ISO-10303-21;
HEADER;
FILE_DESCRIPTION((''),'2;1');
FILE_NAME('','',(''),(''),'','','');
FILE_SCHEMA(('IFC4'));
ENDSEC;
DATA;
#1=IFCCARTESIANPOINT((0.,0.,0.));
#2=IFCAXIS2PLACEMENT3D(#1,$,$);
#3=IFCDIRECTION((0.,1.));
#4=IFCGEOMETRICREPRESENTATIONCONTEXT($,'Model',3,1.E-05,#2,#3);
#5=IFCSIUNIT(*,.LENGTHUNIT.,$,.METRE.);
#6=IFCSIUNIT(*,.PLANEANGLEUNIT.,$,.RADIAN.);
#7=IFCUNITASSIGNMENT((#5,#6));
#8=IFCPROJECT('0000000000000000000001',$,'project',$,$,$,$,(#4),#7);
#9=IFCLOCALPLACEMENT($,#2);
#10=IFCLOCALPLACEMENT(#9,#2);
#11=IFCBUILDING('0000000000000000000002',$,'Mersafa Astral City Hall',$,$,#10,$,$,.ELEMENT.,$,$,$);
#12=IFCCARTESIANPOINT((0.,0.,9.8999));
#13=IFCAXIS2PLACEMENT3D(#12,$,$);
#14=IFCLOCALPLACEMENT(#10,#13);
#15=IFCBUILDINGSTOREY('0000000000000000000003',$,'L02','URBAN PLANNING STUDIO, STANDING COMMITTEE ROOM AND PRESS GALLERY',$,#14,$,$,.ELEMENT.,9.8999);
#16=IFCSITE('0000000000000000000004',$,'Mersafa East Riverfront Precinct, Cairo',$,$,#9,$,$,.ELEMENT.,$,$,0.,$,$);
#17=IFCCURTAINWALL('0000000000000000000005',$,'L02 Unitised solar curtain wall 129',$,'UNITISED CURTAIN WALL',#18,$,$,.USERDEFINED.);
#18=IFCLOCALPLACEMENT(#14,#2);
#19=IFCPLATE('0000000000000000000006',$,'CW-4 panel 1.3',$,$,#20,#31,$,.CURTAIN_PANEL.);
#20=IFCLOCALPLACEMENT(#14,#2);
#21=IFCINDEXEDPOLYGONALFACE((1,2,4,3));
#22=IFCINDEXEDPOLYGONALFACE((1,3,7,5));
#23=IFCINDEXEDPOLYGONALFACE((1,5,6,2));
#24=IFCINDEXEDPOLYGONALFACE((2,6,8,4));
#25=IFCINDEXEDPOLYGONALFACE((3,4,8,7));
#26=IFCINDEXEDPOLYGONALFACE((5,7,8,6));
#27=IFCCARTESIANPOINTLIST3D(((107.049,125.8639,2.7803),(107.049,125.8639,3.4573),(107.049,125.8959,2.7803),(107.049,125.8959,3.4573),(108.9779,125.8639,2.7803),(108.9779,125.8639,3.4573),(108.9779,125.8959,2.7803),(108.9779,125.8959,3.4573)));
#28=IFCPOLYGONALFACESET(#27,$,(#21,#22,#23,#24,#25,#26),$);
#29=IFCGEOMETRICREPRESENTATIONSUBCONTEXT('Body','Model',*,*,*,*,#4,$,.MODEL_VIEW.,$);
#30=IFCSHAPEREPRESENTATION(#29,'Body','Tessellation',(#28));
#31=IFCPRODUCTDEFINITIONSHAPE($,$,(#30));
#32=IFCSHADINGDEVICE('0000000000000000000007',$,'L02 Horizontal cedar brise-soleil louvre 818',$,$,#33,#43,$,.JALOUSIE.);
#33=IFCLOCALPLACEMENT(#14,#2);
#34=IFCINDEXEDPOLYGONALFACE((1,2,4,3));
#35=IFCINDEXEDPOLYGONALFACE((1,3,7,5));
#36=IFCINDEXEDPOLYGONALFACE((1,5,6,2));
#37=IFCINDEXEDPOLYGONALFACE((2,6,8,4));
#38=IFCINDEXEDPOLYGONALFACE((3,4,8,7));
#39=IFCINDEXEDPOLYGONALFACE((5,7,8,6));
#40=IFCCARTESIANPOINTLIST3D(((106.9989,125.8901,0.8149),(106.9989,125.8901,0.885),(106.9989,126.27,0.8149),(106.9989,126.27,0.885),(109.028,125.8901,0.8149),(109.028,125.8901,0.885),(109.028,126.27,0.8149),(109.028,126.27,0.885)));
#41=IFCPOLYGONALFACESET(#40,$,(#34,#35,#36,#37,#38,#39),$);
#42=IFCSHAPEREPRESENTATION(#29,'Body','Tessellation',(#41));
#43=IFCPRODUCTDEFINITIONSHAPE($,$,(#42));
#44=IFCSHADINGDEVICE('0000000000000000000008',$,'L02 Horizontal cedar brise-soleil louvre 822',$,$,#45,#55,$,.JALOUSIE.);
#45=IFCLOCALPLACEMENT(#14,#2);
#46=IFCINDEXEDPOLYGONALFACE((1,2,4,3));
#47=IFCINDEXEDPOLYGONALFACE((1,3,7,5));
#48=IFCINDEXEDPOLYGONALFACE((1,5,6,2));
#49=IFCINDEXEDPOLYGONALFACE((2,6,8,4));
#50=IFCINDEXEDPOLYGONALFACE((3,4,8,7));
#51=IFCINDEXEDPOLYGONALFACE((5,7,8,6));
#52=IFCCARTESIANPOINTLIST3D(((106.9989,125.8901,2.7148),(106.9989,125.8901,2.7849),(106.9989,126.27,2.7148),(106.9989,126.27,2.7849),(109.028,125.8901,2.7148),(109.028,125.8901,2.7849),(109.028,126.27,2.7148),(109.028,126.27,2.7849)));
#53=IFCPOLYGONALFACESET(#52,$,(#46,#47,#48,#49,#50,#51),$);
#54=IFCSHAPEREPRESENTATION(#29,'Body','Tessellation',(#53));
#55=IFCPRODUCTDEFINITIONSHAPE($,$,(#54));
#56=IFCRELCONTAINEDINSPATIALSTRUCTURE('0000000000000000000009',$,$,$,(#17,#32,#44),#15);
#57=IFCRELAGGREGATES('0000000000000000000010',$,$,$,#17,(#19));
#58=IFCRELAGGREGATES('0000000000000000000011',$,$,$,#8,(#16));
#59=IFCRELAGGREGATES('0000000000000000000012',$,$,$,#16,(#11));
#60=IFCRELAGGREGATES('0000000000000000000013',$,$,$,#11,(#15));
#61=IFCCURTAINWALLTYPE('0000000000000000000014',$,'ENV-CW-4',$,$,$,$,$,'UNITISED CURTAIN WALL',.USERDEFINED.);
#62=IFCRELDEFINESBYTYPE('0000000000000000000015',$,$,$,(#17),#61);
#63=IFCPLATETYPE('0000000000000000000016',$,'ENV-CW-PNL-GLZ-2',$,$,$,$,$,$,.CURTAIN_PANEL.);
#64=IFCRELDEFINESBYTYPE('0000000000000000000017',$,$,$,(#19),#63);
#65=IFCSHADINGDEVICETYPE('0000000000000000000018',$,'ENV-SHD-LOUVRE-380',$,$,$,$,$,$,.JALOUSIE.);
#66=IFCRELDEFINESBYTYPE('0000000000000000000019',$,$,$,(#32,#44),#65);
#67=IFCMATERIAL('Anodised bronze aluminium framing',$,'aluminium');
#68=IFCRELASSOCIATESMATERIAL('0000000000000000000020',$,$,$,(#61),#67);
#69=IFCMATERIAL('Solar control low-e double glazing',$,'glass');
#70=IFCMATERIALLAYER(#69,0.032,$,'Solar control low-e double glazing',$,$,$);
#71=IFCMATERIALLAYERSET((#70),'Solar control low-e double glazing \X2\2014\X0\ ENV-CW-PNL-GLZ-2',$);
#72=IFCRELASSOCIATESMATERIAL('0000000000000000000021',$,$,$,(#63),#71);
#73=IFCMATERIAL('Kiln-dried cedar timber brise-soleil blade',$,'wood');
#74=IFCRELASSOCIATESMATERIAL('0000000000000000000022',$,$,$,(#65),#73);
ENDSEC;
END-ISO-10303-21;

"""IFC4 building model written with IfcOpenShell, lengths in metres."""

from ifc_helpers import new_model, si_unit, direction, frame, origin, origin_2d, place, context, subcontext, project, spatial, rectangle, extrude, material, layer, layer_set, type_object, element, aggregate, save


model = new_model("IFC4")

# Units and contexts
model_context = context("Model", 3, precision=1e-05, world=origin(), true_north=direction((0.0, 1.0)))
body_context = subcontext(model_context, "Body", "Model", "MODEL_VIEW")
ifc_project = project(units=[si_unit("LENGTHUNIT", "METRE"), si_unit("PLANEANGLEUNIT", "RADIAN")], contexts=[model_context])

# Site, building, storey
site_placement = place(None, origin())
site = spatial("IfcSite", under=ifc_project, at=site_placement, Name="Mersafa East Riverfront Precinct, Cairo", CompositionType="ELEMENT", RefElevation=0.0)
building_placement = place(site_placement, origin())
building = spatial("IfcBuilding", under=site, at=building_placement, Name="Mersafa Astral City Hall", CompositionType="ELEMENT")
storey_placement = place(building_placement, frame((0.0, 0.0, 9.8999)))
storey = spatial("IfcBuildingStorey", under=building, at=storey_placement, Name="L02", Description="URBAN PLANNING STUDIO, STANDING COMMITTEE ROOM AND PRESS GALLERY", CompositionType="ELEMENT", Elevation=9.8999)

# Curtain wall
ifc_material_1 = material(Name="Anodised bronze aluminium framing", Category="aluminium")
curtain_wall_type_1 = type_object("IfcCurtainWallType", Name="ENV-CW-4", ElementType="UNITISED CURTAIN WALL", PredefinedType="USERDEFINED", material=ifc_material_1)
curtain_wall_1_placement = place(storey_placement, origin())
curtain_wall_1 = element("IfcCurtainWall", 1, at=curtain_wall_1_placement, inside=storey, type_object=curtain_wall_type_1, Name="L02 Unitised solar curtain wall 129", ObjectType="UNITISED CURTAIN WALL", PredefinedType="USERDEFINED")

# Plate
ifc_material_2 = material(Name="Solar control low-e double glazing", Category="glass")
ifc_layer_1 = layer(ifc_material_2, 0.032, Name="Solar control low-e double glazing")
ifc_layer_set_1 = layer_set([ifc_layer_1], Name="Solar control low-e double glazing — ENV-CW-PNL-GLZ-2")
plate_type_1 = type_object("IfcPlateType", Name="ENV-CW-PNL-GLZ-2", PredefinedType="CURTAIN_PANEL", material=ifc_layer_set_1)
plate_1_placement = place(storey_placement, frame((108.0134, 125.8799, 2.7803), z_axis=(0.0, 0.0, 1.0), x_axis=(-1.0, 0.0, 0.0)))
plate_1 = element("IfcPlate", 2, at=plate_1_placement, type_object=plate_type_1, Name="CW-4 panel 1.3", PredefinedType="CURTAIN_PANEL", context=body_context, shape_type="SweptSolid", body=[
    extrude(rectangle(XDim=1.929, YDim=0.032, at=origin_2d()), origin(), (0.0, 0.0, 1.0), 0.677),
])
aggregate(curtain_wall_1, [plate_1])

# Shading devices
ifc_material_3 = material(Name="Kiln-dried cedar timber brise-soleil blade", Category="wood")
shading_device_type = type_object("IfcShadingDeviceType", Name="ENV-SHD-LOUVRE-380", PredefinedType="JALOUSIE", material=ifc_material_3)
for number, where, z_axis, x_axis, name in (
    (3, (108.0134, 126.0801, 0.8149), (0.0, 0.0, 1.0), (-1.0, 0.0, 0.0), "L02 Horizontal cedar brise-soleil louvre 818"),
    (4, (108.0134, 126.0801, 2.7148), (0.0, 0.0, 1.0), (-1.0, 0.0, 0.0), "L02 Horizontal cedar brise-soleil louvre 822"),
):
    element("IfcShadingDevice", number, at=place(storey_placement, frame(where, z_axis=z_axis, x_axis=x_axis)), inside=storey, type_object=shading_device_type, Name=name, PredefinedType="JALOUSIE", context=body_context, shape_type="SweptSolid", body=[
        extrude(rectangle(XDim=2.0291, YDim=0.3799, at=origin_2d()), origin(), (0.0, 0.0, 1.0), 0.0701),
    ])

save(model, "model.ifc")
